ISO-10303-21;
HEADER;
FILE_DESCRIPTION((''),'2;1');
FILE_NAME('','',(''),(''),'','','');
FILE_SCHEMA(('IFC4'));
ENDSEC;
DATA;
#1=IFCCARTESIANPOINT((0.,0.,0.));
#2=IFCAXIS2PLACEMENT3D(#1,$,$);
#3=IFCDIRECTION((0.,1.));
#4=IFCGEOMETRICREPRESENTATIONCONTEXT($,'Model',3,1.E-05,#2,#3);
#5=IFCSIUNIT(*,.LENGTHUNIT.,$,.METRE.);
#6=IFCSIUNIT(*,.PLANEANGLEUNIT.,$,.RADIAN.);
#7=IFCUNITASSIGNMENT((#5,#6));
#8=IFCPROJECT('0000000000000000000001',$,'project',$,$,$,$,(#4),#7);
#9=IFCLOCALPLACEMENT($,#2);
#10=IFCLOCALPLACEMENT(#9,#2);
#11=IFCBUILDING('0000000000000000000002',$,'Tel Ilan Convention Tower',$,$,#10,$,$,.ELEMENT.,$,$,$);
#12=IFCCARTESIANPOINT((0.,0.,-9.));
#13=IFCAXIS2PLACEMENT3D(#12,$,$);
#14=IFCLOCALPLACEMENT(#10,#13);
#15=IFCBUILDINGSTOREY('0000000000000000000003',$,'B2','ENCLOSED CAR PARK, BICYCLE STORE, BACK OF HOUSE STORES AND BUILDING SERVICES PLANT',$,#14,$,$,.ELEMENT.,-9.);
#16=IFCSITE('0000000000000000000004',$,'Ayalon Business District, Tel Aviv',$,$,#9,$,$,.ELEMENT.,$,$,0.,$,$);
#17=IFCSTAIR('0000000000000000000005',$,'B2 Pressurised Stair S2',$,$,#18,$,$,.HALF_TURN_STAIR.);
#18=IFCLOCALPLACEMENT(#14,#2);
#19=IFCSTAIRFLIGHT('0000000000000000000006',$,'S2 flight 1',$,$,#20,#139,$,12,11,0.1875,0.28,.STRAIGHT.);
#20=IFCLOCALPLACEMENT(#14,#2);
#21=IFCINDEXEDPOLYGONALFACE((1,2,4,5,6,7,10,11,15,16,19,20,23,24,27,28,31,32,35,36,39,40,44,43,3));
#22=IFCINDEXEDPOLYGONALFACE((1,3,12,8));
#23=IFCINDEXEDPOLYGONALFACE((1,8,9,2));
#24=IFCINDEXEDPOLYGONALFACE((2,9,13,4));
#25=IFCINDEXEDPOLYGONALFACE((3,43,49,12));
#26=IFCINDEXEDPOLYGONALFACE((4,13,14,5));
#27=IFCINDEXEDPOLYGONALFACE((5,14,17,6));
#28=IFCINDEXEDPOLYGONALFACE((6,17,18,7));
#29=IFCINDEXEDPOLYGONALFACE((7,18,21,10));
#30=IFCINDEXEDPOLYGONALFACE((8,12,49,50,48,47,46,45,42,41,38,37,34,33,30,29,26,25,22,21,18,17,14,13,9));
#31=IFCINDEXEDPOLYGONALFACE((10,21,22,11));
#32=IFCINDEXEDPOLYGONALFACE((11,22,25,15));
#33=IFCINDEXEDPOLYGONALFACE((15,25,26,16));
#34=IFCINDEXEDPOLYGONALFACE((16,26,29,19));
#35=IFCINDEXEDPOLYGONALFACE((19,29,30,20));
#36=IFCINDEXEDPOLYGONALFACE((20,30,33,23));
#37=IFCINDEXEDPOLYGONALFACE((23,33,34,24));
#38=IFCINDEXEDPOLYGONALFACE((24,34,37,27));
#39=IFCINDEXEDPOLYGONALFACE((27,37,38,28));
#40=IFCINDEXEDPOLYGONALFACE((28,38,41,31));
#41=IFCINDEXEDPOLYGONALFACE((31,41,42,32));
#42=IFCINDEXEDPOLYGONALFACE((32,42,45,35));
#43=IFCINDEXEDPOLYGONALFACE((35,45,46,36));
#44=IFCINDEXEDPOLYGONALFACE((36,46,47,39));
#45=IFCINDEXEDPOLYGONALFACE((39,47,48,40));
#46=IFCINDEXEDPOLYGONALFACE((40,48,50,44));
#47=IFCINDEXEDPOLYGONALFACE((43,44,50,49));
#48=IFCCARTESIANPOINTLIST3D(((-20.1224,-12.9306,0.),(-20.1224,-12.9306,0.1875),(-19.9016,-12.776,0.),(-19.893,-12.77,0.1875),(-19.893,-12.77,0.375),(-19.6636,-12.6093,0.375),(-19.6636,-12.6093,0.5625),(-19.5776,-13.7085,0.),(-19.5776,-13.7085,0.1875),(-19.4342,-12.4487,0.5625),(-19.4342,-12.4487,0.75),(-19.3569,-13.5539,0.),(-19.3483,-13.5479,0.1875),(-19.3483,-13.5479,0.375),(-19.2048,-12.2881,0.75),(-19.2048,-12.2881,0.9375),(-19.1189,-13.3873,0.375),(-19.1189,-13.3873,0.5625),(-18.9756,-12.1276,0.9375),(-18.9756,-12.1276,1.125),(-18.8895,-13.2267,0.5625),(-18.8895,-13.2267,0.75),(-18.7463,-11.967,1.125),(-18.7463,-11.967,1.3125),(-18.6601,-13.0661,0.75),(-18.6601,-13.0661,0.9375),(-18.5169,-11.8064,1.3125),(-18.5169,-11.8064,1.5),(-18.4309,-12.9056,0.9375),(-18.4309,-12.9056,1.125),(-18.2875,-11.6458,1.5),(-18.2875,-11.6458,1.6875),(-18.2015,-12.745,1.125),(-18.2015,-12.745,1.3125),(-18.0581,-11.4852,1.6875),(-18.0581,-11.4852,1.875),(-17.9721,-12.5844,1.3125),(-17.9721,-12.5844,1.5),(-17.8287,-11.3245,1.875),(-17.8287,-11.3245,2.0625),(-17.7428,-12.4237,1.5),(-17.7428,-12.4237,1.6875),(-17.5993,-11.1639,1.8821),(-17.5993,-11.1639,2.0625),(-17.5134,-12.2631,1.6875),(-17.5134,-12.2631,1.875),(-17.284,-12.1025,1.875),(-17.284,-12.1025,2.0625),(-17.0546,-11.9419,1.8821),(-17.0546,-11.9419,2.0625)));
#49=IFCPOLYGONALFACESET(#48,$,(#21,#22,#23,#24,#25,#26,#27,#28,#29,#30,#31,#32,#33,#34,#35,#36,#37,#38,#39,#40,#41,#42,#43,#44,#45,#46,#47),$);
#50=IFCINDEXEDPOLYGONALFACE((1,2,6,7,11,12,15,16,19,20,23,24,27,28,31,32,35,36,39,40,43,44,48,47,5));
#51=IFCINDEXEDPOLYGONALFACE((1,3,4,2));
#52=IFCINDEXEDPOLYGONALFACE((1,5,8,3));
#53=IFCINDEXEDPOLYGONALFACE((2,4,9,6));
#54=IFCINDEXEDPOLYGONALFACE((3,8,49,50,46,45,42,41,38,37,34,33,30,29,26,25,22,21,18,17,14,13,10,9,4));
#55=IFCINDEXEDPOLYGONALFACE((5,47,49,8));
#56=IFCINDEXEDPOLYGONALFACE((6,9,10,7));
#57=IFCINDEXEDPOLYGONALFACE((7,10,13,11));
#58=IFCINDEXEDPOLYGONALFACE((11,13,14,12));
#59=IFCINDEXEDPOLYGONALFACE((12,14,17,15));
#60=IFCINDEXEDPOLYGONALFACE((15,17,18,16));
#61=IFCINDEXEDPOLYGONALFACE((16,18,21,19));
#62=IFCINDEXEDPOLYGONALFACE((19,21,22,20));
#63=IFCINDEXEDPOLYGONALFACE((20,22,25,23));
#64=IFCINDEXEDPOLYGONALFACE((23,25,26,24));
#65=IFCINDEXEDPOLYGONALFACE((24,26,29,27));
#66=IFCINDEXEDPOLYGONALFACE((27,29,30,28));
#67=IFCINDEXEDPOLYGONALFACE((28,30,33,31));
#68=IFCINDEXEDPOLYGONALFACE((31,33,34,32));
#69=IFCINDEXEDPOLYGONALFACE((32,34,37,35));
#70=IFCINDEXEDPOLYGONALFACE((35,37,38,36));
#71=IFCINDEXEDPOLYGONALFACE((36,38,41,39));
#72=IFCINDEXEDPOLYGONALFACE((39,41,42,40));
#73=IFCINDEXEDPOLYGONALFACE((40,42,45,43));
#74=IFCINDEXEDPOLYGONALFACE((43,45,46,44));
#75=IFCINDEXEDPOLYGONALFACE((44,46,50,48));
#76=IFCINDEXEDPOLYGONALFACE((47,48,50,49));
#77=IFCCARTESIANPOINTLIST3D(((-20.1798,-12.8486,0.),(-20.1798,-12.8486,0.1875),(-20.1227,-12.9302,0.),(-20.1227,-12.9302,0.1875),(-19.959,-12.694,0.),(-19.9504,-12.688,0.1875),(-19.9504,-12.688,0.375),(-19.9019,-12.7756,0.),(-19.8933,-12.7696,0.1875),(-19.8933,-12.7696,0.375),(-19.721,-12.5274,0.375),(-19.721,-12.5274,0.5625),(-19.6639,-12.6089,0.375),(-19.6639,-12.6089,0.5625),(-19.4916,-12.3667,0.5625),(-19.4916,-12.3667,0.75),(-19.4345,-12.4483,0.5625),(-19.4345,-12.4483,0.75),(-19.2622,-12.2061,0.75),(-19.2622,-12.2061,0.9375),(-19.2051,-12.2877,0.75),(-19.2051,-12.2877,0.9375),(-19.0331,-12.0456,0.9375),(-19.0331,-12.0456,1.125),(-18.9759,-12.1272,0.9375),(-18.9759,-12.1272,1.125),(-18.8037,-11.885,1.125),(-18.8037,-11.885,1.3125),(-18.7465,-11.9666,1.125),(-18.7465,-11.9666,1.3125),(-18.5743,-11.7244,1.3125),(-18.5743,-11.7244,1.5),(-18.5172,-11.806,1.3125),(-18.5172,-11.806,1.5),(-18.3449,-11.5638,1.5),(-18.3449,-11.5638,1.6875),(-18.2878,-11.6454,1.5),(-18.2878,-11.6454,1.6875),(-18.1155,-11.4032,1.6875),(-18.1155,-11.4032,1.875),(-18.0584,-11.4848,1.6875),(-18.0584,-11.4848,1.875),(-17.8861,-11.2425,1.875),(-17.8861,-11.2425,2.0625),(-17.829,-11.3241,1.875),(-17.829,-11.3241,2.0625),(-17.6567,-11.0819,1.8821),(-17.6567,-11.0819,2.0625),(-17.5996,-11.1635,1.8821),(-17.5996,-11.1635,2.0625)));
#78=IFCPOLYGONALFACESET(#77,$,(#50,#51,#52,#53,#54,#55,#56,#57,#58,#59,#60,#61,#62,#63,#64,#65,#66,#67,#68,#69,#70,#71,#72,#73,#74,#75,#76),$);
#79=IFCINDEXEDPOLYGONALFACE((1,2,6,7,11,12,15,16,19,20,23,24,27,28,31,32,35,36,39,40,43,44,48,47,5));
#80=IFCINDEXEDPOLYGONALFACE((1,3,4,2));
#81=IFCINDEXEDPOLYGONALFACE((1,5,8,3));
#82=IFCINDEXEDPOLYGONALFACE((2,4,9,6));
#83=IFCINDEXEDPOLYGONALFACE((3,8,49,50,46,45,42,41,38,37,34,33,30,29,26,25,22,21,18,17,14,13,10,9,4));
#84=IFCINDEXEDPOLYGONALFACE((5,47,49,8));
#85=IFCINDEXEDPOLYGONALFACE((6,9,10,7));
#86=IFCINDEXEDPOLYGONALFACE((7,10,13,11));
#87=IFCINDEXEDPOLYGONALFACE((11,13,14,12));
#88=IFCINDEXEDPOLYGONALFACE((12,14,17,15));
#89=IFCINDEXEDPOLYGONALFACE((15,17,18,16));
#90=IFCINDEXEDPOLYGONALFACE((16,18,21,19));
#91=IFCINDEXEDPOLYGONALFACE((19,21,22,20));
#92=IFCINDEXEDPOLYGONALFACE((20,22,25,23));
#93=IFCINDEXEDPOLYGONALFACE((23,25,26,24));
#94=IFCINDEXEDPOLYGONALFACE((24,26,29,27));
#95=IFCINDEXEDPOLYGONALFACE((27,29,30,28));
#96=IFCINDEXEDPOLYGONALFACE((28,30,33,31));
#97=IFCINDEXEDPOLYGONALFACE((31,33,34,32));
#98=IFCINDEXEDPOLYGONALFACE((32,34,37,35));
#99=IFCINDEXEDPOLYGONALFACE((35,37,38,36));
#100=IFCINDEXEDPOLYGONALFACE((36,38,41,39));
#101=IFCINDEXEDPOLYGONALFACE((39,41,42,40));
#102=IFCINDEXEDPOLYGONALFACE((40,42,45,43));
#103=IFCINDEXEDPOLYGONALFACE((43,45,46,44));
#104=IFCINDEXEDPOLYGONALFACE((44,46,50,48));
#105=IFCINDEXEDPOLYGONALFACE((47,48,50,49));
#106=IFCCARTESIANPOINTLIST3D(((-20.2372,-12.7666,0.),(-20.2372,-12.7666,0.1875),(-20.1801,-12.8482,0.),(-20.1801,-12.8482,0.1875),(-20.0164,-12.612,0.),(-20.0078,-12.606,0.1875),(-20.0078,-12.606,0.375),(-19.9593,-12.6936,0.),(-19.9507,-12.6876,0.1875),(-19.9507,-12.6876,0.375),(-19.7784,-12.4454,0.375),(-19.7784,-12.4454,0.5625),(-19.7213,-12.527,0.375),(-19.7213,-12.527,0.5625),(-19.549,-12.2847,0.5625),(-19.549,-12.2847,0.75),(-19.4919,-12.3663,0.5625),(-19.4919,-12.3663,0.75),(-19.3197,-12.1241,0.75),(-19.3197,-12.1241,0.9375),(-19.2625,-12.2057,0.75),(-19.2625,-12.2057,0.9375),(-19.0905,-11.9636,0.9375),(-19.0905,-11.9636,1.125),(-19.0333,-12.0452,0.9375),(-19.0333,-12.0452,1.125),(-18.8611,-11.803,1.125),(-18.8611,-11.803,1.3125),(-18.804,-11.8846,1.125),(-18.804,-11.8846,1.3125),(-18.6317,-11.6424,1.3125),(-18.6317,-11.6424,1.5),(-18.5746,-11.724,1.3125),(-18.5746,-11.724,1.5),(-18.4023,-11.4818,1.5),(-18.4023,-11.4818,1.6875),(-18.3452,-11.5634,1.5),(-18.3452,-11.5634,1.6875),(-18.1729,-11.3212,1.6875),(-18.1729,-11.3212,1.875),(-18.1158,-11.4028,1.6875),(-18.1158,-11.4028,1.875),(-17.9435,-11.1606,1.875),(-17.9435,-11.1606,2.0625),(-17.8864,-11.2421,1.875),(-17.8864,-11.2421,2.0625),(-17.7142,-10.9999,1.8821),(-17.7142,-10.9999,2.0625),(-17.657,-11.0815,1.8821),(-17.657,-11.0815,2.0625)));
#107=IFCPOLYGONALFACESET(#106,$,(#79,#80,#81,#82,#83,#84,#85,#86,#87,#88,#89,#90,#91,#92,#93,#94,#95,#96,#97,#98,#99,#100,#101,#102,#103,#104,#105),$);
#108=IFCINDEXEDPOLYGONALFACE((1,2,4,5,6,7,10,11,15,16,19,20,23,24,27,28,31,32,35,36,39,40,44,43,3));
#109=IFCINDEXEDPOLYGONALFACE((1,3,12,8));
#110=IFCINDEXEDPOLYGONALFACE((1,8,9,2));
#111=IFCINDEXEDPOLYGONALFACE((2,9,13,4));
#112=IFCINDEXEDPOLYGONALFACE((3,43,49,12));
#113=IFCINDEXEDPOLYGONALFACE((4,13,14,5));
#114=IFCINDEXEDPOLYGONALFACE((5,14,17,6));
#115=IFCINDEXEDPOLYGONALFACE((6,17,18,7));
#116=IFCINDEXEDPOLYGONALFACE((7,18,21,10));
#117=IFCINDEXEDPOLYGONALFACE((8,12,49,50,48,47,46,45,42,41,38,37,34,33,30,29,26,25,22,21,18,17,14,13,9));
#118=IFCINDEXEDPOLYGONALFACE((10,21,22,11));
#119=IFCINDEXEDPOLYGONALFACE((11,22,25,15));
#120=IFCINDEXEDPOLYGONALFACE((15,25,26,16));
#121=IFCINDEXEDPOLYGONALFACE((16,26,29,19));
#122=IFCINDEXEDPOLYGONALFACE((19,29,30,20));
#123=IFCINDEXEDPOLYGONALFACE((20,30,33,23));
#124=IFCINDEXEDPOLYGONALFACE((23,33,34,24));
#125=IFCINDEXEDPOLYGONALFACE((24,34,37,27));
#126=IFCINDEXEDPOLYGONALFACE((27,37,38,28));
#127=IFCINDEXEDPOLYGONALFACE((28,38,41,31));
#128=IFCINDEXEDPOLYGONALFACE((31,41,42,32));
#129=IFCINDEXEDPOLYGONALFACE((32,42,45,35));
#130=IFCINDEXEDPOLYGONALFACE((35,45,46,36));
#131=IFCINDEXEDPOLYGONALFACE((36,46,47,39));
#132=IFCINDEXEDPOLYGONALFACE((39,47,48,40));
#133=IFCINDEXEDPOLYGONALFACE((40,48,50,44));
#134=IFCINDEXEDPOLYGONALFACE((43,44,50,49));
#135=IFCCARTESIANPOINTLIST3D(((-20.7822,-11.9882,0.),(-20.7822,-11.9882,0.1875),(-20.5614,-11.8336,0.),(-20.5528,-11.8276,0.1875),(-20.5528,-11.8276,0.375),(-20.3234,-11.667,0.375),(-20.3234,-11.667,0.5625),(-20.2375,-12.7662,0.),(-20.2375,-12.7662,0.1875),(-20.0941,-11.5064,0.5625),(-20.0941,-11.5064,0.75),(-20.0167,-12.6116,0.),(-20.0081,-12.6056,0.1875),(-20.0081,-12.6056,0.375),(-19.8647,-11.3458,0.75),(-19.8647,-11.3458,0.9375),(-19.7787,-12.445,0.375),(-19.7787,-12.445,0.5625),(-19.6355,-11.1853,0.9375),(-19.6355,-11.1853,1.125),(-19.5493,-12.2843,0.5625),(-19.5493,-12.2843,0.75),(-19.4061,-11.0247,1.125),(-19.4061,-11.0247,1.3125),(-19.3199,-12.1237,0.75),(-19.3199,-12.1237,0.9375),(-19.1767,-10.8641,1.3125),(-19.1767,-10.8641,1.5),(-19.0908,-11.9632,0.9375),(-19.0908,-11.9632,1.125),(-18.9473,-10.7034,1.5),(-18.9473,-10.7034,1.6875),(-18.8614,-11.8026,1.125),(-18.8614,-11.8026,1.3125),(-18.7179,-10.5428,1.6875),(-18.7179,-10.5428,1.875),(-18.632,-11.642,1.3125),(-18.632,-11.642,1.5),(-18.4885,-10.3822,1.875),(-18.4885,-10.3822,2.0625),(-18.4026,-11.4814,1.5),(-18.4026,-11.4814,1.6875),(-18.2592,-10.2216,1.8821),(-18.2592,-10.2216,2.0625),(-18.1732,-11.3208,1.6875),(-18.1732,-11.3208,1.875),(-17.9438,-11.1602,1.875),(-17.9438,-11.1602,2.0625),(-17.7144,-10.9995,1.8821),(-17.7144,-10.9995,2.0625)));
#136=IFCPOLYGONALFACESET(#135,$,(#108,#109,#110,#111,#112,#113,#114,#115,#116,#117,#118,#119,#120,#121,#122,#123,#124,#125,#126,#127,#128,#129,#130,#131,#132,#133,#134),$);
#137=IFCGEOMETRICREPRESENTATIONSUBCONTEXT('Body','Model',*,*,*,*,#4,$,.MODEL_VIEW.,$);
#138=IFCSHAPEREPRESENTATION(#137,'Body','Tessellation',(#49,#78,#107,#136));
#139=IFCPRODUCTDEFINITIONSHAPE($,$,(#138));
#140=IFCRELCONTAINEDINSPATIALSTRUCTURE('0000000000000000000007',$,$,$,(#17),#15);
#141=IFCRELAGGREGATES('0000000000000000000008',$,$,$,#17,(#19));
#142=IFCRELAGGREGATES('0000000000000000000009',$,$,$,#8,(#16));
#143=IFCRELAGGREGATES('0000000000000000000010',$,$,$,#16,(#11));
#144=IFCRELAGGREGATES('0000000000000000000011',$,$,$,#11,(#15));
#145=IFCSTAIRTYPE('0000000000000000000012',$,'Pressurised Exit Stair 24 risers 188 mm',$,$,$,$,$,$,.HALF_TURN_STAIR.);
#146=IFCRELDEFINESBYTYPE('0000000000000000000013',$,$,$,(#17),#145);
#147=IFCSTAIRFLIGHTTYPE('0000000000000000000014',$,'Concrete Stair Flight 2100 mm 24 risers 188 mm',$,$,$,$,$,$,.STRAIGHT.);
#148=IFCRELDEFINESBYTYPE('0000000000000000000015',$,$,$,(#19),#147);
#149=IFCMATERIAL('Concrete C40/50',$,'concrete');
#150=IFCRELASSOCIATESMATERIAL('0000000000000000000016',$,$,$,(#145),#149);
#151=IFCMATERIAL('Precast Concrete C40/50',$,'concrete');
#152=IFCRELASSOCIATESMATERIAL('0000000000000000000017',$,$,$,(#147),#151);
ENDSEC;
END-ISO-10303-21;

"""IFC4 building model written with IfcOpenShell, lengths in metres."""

from ifc_helpers import new_model, si_unit, direction, frame, origin, place, context, subcontext, project, spatial, polyline, outline, extrude, material, type_object, element, aggregate, save


model = new_model("IFC4")

# Units and contexts
model_context = context("Model", 3, precision=1e-05, world=origin(), true_north=direction((0.0, 1.0)))
body_context = subcontext(model_context, "Body", "Model", "MODEL_VIEW")
ifc_project = project(units=[si_unit("LENGTHUNIT", "METRE"), si_unit("PLANEANGLEUNIT", "RADIAN")], contexts=[model_context])

# Site, building, storey
site_placement = place(None, origin())
site = spatial("IfcSite", under=ifc_project, at=site_placement, Name="Ayalon Business District, Tel Aviv", CompositionType="ELEMENT", RefElevation=0.0)
building_placement = place(site_placement, origin())
building = spatial("IfcBuilding", under=site, at=building_placement, Name="Tel Ilan Convention Tower", CompositionType="ELEMENT")
storey_placement = place(building_placement, frame((0.0, 0.0, -9.0)))
storey = spatial("IfcBuildingStorey", under=building, at=storey_placement, Name="B2", Description="ENCLOSED CAR PARK, BICYCLE STORE, BACK OF HOUSE STORES AND BUILDING SERVICES PLANT", CompositionType="ELEMENT", Elevation=-9.0)

# Shared definitions
ifc_material_1 = material(Name="Concrete C40/50", Category="concrete")
stair_type = type_object("IfcStairType", Name="Pressurised Exit Stair 24 risers 188 mm", PredefinedType="HALF_TURN_STAIR", material=ifc_material_1)
ifc_material_2 = material(Name="Precast Concrete C40/50", Category="concrete")
stair_flight_type = type_object("IfcStairFlightType", Name="Concrete Stair Flight 2100 mm 24 risers 188 mm", PredefinedType="STRAIGHT", material=ifc_material_2)

# Stair, stair flight
stair_1_placement = place(storey_placement, origin())
stair_1 = element("IfcStair", 1, at=stair_1_placement, inside=storey, type_object=stair_type, Name="B2 Pressurised Stair S2", PredefinedType="HALF_TURN_STAIR")
stair_flight_1_placement = place(storey_placement, frame((-20.1799, -12.8484, 0.0), z_axis=(0.0, 0.0, 1.0), x_axis=(0.819152, 0.573576, 0.0)))
stair_flight_1 = element("IfcStairFlight", 2, at=stair_flight_1_placement, type_object=stair_flight_type, Name="S2 flight 1", NumberOfRisers=12, NumberOfTreads=11, PredefinedType="STRAIGHT", RiserHeight=0.1875, TreadLength=0.28, context=body_context, shape_type="SweptSolid", body=[
    extrude(outline(polyline([(0.0, 0.0), (0.0, 0.1875), (0.28, 0.1875), (0.28, 0.375), (0.5601, 0.375), (0.5601, 0.5625), (0.8401, 0.5625), (0.8401, 0.75), (1.1201, 0.75), (1.1201, 0.9375), (1.3999, 0.9375), (1.3999, 1.125), (1.6799, 1.125), (1.6799, 1.3125), (1.96, 1.3125), (1.96, 1.5), (2.24, 1.5), (2.24, 1.6875), (2.52, 1.6875), (2.52, 1.875), (2.8, 1.875), (2.8, 2.0625), (3.0801, 2.0625), (3.0801, 2.25), (3.0801, 1.8821), (0.2695, 0.0), (0.0, 0.0)])), frame((0.0, -0.1003, 0.0), z_axis=(0.0, -1.0, 0.0), x_axis=(1.0, 0.0, 0.0)), (0.0, 0.0, 1.0), 0.9497),
    extrude(outline(polyline([(0.0, 0.0), (0.0, 0.1875), (0.28, 0.1875), (0.28, 0.375), (0.5601, 0.375), (0.5601, 0.5625), (0.8401, 0.5625), (0.8401, 0.75), (1.1201, 0.75), (1.1201, 0.9375), (1.3999, 0.9375), (1.3999, 1.125), (1.6799, 1.125), (1.6799, 1.3125), (1.96, 1.3125), (1.96, 1.5), (2.24, 1.5), (2.24, 1.6875), (2.52, 1.6875), (2.52, 1.875), (2.8, 1.875), (2.8, 2.0625), (3.0801, 2.0625), (3.0801, 2.25), (3.0801, 1.8821), (0.2695, 0.0), (0.0, 0.0)])), frame((0.0, -0.0002, 0.0), z_axis=(0.0, -1.0, 0.0), x_axis=(1.0, 0.0, 0.0)), (0.0, 0.0, 1.0), 0.0996),
    extrude(outline(polyline([(0.0, 0.0), (0.0, 0.1875), (0.28, 0.1875), (0.28, 0.375), (0.5601, 0.375), (0.5601, 0.5625), (0.8401, 0.5625), (0.8401, 0.75), (1.1201, 0.75), (1.1201, 0.9375), (1.3999, 0.9375), (1.3999, 1.125), (1.6799, 1.125), (1.6799, 1.3125), (1.96, 1.3125), (1.96, 1.5), (2.24, 1.5), (2.24, 1.6875), (2.52, 1.6875), (2.52, 1.875), (2.8, 1.875), (2.8, 2.0625), (3.0801, 2.0625), (3.0801, 2.25), (3.0801, 1.8821), (0.2695, 0.0), (0.0, 0.0)])), frame((0.0, 0.0999, 0.0), z_axis=(0.0, -1.0, 0.0), x_axis=(1.0, 0.0, 0.0)), (0.0, 0.0, 1.0), 0.0996),
    extrude(outline(polyline([(0.0, 0.0), (0.0, 0.1875), (0.28, 0.1875), (0.28, 0.375), (0.5601, 0.375), (0.5601, 0.5625), (0.8401, 0.5625), (0.8401, 0.75), (1.1201, 0.75), (1.1201, 0.9375), (1.3999, 0.9375), (1.3999, 1.125), (1.6799, 1.125), (1.6799, 1.3125), (1.96, 1.3125), (1.96, 1.5), (2.24, 1.5), (2.24, 1.6875), (2.52, 1.6875), (2.52, 1.875), (2.8, 1.875), (2.8, 2.0625), (3.0801, 2.0625), (3.0801, 2.25), (3.0801, 1.8821), (0.2695, 0.0), (0.0, 0.0)])), frame((0.0, 1.05, 0.0), z_axis=(0.0, -1.0, 0.0), x_axis=(1.0, 0.0, 0.0)), (0.0, 0.0, 1.0), 0.9497),
])
aggregate(stair_1, [stair_flight_1])

save(model, "model.ifc")
